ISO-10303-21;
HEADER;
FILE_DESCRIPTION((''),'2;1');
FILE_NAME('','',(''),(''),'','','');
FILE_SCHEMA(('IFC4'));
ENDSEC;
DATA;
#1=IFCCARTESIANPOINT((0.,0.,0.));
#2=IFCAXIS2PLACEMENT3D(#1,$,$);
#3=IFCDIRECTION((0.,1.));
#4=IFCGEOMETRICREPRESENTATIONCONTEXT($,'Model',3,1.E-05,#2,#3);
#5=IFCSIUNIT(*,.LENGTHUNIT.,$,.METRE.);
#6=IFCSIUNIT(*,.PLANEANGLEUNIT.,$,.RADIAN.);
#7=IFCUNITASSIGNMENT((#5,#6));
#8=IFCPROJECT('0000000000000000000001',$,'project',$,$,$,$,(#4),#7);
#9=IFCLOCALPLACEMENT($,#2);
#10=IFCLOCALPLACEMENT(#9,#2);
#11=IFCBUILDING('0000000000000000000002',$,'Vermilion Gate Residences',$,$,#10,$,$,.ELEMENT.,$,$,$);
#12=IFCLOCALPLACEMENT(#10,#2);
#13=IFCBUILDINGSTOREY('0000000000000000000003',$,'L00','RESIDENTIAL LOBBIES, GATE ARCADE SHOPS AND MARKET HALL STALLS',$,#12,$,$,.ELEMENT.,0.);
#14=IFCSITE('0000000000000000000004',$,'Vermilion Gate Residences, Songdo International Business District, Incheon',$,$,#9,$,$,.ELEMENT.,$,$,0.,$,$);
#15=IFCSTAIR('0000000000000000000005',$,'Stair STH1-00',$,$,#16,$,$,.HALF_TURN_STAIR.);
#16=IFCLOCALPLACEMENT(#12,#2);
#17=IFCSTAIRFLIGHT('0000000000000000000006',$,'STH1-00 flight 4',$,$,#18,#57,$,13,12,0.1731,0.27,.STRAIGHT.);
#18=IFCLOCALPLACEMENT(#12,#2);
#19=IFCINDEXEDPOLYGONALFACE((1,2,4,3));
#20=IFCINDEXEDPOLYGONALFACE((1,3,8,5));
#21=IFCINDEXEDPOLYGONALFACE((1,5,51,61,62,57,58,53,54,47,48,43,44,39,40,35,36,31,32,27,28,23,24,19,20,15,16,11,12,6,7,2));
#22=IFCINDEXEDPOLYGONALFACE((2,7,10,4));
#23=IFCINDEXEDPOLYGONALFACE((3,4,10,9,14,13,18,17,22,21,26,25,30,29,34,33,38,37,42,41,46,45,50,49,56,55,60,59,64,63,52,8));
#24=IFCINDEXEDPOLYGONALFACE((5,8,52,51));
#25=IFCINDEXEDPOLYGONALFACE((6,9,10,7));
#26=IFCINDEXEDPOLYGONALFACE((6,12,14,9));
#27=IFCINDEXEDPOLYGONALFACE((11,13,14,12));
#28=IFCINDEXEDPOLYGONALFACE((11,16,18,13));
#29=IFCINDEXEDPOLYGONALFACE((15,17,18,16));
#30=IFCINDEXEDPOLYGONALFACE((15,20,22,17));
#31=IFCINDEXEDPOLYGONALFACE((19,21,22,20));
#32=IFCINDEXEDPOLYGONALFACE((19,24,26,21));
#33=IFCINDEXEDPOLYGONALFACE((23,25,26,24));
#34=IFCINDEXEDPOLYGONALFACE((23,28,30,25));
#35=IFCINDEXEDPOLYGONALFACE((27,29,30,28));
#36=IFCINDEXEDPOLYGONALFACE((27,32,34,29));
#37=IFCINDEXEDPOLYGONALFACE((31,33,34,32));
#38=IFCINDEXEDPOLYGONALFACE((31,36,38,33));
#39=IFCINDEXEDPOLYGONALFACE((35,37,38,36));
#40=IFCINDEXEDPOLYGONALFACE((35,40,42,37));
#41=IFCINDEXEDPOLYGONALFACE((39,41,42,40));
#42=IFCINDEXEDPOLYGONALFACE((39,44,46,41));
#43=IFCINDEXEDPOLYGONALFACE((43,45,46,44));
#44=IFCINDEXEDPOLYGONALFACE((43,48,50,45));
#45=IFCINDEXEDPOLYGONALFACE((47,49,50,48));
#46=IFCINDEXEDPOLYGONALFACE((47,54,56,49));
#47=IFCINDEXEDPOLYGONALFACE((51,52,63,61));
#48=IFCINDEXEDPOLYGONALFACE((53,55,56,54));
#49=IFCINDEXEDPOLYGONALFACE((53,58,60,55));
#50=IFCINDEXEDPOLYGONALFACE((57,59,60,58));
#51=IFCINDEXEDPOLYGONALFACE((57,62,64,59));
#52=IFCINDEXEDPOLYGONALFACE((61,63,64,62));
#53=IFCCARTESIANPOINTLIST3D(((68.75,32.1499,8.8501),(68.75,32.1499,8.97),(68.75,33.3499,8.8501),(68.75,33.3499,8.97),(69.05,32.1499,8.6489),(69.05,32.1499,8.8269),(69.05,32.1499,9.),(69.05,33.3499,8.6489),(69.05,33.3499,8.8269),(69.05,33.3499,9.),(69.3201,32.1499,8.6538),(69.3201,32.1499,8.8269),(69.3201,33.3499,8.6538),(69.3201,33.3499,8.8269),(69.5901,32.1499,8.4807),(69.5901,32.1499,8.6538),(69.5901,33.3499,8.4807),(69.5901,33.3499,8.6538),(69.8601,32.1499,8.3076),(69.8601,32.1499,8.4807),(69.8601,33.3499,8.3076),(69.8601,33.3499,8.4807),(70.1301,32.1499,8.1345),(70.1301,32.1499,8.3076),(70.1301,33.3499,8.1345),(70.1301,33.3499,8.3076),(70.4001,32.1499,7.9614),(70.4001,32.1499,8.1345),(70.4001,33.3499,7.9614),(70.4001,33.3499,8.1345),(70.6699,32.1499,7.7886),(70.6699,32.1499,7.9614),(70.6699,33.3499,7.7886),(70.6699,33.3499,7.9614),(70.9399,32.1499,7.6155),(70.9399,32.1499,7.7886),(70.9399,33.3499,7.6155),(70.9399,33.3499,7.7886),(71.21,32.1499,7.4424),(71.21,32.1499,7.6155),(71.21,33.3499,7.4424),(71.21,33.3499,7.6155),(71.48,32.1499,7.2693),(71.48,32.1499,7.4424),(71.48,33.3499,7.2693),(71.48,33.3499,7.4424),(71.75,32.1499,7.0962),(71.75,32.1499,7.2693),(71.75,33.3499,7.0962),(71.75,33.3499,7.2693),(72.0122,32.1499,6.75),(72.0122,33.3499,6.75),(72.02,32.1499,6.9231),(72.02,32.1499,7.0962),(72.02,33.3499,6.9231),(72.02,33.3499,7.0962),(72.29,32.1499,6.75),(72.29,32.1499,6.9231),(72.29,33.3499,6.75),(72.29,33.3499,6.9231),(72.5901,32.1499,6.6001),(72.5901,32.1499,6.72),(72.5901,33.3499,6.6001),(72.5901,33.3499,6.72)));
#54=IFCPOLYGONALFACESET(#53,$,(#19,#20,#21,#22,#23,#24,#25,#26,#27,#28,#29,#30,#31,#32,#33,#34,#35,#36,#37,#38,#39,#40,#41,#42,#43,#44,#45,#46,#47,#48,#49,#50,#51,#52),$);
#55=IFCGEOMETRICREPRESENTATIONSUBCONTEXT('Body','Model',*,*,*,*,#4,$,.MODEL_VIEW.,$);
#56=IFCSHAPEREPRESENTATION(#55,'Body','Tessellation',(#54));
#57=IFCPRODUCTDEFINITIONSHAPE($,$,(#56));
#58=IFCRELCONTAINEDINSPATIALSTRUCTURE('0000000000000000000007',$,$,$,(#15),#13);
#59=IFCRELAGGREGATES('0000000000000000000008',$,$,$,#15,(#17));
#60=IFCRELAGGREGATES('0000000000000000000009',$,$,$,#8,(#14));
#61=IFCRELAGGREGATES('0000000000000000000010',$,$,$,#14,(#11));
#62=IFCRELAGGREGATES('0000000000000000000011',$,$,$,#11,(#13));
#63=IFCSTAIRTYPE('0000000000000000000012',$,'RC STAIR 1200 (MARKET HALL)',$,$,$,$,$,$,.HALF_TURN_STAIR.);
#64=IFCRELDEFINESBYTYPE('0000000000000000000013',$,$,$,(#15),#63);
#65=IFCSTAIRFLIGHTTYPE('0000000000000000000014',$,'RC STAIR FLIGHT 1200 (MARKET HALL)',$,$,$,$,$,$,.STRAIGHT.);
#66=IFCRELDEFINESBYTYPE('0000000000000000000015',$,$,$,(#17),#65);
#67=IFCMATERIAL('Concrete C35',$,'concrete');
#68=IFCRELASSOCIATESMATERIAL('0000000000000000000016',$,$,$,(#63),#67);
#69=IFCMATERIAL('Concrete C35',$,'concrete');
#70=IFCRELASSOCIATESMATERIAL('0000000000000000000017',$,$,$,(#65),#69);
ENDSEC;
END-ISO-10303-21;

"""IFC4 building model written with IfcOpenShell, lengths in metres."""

from ifc_helpers import new_model, si_unit, direction, frame, origin, place, context, subcontext, project, spatial, polyline, outline, extrude, material, type_object, element, aggregate, save


model = new_model("IFC4")

# Units and contexts
model_context = context("Model", 3, precision=1e-05, world=origin(), true_north=direction((0.0, 1.0)))
body_context = subcontext(model_context, "Body", "Model", "MODEL_VIEW")
ifc_project = project(units=[si_unit("LENGTHUNIT", "METRE"), si_unit("PLANEANGLEUNIT", "RADIAN")], contexts=[model_context])

# Site, building, storey
site_placement = place(None, origin())
site = spatial("IfcSite", under=ifc_project, at=site_placement, Name="Vermilion Gate Residences, Songdo International Business District, Incheon", CompositionType="ELEMENT", RefElevation=0.0)
building_placement = place(site_placement, origin())
building = spatial("IfcBuilding", under=site, at=building_placement, Name="Vermilion Gate Residences", CompositionType="ELEMENT")
storey_placement = place(building_placement, origin())
storey = spatial("IfcBuildingStorey", under=building, at=storey_placement, Name="L00", Description="RESIDENTIAL LOBBIES, GATE ARCADE SHOPS AND MARKET HALL STALLS", CompositionType="ELEMENT", Elevation=0.0)

# Stair, stair flight
ifc_material_1 = material(Name="Concrete C35", Category="concrete")
stair_type = type_object("IfcStairType", Name="RC STAIR 1200 (MARKET HALL)", PredefinedType="HALF_TURN_STAIR", material=ifc_material_1)
stair_placement = place(storey_placement, origin())
stair = element("IfcStair", 1, at=stair_placement, inside=storey, type_object=stair_type, Name="Stair STH1-00", PredefinedType="HALF_TURN_STAIR")
ifc_material_2 = material(Name="Concrete C35", Category="concrete")
stair_flight_type = type_object("IfcStairFlightType", Name="RC STAIR FLIGHT 1200 (MARKET HALL)", PredefinedType="STRAIGHT", material=ifc_material_2)
stair_flight_1_placement = place(storey_placement, frame((72.29, 32.75, 6.75), z_axis=(0.0, 0.0, 1.0), x_axis=(-1.0, 0.0, 0.0)))
stair_flight_1 = element("IfcStairFlight", 2, at=stair_flight_1_placement, type_object=stair_flight_type, Name="STH1-00 flight 4", NumberOfRisers=13, NumberOfTreads=12, PredefinedType="STRAIGHT", RiserHeight=0.1731, TreadLength=0.27, context=body_context, shape_type="SweptSolid", body=[
    extrude(outline(polyline([(-0.3, -0.1499), (-0.3, -0.03), (0.0, 0.0), (0.0, 0.1731), (0.27, 0.1731), (0.27, 0.3462), (0.54, 0.3462), (0.54, 0.5193), (0.8101, 0.5193), (0.8101, 0.6924), (1.0801, 0.6924), (1.0801, 0.8655), (1.3501, 0.8655), (1.3501, 1.0386), (1.6201, 1.0386), (1.6201, 1.2114), (1.8899, 1.2114), (1.8899, 1.3845), (2.1599, 1.3845), (2.1599, 1.5576), (2.4299, 1.5576), (2.4299, 1.7307), (2.7, 1.7307), (2.7, 1.9038), (2.97, 1.9038), (2.97, 2.0769), (3.24, 2.0769), (3.24, 2.25), (3.54, 2.22), (3.54, 2.1001), (3.24, 1.8989), (0.2778, 0.0), (-0.3, -0.1499)])), frame((0.0, 0.6001, 0.0), z_axis=(0.0, -1.0, 0.0), x_axis=(1.0, 0.0, 0.0)), (0.0, 0.0, 1.0), 1.2),
])
aggregate(stair, [stair_flight_1])

save(model, "model.ifc")
